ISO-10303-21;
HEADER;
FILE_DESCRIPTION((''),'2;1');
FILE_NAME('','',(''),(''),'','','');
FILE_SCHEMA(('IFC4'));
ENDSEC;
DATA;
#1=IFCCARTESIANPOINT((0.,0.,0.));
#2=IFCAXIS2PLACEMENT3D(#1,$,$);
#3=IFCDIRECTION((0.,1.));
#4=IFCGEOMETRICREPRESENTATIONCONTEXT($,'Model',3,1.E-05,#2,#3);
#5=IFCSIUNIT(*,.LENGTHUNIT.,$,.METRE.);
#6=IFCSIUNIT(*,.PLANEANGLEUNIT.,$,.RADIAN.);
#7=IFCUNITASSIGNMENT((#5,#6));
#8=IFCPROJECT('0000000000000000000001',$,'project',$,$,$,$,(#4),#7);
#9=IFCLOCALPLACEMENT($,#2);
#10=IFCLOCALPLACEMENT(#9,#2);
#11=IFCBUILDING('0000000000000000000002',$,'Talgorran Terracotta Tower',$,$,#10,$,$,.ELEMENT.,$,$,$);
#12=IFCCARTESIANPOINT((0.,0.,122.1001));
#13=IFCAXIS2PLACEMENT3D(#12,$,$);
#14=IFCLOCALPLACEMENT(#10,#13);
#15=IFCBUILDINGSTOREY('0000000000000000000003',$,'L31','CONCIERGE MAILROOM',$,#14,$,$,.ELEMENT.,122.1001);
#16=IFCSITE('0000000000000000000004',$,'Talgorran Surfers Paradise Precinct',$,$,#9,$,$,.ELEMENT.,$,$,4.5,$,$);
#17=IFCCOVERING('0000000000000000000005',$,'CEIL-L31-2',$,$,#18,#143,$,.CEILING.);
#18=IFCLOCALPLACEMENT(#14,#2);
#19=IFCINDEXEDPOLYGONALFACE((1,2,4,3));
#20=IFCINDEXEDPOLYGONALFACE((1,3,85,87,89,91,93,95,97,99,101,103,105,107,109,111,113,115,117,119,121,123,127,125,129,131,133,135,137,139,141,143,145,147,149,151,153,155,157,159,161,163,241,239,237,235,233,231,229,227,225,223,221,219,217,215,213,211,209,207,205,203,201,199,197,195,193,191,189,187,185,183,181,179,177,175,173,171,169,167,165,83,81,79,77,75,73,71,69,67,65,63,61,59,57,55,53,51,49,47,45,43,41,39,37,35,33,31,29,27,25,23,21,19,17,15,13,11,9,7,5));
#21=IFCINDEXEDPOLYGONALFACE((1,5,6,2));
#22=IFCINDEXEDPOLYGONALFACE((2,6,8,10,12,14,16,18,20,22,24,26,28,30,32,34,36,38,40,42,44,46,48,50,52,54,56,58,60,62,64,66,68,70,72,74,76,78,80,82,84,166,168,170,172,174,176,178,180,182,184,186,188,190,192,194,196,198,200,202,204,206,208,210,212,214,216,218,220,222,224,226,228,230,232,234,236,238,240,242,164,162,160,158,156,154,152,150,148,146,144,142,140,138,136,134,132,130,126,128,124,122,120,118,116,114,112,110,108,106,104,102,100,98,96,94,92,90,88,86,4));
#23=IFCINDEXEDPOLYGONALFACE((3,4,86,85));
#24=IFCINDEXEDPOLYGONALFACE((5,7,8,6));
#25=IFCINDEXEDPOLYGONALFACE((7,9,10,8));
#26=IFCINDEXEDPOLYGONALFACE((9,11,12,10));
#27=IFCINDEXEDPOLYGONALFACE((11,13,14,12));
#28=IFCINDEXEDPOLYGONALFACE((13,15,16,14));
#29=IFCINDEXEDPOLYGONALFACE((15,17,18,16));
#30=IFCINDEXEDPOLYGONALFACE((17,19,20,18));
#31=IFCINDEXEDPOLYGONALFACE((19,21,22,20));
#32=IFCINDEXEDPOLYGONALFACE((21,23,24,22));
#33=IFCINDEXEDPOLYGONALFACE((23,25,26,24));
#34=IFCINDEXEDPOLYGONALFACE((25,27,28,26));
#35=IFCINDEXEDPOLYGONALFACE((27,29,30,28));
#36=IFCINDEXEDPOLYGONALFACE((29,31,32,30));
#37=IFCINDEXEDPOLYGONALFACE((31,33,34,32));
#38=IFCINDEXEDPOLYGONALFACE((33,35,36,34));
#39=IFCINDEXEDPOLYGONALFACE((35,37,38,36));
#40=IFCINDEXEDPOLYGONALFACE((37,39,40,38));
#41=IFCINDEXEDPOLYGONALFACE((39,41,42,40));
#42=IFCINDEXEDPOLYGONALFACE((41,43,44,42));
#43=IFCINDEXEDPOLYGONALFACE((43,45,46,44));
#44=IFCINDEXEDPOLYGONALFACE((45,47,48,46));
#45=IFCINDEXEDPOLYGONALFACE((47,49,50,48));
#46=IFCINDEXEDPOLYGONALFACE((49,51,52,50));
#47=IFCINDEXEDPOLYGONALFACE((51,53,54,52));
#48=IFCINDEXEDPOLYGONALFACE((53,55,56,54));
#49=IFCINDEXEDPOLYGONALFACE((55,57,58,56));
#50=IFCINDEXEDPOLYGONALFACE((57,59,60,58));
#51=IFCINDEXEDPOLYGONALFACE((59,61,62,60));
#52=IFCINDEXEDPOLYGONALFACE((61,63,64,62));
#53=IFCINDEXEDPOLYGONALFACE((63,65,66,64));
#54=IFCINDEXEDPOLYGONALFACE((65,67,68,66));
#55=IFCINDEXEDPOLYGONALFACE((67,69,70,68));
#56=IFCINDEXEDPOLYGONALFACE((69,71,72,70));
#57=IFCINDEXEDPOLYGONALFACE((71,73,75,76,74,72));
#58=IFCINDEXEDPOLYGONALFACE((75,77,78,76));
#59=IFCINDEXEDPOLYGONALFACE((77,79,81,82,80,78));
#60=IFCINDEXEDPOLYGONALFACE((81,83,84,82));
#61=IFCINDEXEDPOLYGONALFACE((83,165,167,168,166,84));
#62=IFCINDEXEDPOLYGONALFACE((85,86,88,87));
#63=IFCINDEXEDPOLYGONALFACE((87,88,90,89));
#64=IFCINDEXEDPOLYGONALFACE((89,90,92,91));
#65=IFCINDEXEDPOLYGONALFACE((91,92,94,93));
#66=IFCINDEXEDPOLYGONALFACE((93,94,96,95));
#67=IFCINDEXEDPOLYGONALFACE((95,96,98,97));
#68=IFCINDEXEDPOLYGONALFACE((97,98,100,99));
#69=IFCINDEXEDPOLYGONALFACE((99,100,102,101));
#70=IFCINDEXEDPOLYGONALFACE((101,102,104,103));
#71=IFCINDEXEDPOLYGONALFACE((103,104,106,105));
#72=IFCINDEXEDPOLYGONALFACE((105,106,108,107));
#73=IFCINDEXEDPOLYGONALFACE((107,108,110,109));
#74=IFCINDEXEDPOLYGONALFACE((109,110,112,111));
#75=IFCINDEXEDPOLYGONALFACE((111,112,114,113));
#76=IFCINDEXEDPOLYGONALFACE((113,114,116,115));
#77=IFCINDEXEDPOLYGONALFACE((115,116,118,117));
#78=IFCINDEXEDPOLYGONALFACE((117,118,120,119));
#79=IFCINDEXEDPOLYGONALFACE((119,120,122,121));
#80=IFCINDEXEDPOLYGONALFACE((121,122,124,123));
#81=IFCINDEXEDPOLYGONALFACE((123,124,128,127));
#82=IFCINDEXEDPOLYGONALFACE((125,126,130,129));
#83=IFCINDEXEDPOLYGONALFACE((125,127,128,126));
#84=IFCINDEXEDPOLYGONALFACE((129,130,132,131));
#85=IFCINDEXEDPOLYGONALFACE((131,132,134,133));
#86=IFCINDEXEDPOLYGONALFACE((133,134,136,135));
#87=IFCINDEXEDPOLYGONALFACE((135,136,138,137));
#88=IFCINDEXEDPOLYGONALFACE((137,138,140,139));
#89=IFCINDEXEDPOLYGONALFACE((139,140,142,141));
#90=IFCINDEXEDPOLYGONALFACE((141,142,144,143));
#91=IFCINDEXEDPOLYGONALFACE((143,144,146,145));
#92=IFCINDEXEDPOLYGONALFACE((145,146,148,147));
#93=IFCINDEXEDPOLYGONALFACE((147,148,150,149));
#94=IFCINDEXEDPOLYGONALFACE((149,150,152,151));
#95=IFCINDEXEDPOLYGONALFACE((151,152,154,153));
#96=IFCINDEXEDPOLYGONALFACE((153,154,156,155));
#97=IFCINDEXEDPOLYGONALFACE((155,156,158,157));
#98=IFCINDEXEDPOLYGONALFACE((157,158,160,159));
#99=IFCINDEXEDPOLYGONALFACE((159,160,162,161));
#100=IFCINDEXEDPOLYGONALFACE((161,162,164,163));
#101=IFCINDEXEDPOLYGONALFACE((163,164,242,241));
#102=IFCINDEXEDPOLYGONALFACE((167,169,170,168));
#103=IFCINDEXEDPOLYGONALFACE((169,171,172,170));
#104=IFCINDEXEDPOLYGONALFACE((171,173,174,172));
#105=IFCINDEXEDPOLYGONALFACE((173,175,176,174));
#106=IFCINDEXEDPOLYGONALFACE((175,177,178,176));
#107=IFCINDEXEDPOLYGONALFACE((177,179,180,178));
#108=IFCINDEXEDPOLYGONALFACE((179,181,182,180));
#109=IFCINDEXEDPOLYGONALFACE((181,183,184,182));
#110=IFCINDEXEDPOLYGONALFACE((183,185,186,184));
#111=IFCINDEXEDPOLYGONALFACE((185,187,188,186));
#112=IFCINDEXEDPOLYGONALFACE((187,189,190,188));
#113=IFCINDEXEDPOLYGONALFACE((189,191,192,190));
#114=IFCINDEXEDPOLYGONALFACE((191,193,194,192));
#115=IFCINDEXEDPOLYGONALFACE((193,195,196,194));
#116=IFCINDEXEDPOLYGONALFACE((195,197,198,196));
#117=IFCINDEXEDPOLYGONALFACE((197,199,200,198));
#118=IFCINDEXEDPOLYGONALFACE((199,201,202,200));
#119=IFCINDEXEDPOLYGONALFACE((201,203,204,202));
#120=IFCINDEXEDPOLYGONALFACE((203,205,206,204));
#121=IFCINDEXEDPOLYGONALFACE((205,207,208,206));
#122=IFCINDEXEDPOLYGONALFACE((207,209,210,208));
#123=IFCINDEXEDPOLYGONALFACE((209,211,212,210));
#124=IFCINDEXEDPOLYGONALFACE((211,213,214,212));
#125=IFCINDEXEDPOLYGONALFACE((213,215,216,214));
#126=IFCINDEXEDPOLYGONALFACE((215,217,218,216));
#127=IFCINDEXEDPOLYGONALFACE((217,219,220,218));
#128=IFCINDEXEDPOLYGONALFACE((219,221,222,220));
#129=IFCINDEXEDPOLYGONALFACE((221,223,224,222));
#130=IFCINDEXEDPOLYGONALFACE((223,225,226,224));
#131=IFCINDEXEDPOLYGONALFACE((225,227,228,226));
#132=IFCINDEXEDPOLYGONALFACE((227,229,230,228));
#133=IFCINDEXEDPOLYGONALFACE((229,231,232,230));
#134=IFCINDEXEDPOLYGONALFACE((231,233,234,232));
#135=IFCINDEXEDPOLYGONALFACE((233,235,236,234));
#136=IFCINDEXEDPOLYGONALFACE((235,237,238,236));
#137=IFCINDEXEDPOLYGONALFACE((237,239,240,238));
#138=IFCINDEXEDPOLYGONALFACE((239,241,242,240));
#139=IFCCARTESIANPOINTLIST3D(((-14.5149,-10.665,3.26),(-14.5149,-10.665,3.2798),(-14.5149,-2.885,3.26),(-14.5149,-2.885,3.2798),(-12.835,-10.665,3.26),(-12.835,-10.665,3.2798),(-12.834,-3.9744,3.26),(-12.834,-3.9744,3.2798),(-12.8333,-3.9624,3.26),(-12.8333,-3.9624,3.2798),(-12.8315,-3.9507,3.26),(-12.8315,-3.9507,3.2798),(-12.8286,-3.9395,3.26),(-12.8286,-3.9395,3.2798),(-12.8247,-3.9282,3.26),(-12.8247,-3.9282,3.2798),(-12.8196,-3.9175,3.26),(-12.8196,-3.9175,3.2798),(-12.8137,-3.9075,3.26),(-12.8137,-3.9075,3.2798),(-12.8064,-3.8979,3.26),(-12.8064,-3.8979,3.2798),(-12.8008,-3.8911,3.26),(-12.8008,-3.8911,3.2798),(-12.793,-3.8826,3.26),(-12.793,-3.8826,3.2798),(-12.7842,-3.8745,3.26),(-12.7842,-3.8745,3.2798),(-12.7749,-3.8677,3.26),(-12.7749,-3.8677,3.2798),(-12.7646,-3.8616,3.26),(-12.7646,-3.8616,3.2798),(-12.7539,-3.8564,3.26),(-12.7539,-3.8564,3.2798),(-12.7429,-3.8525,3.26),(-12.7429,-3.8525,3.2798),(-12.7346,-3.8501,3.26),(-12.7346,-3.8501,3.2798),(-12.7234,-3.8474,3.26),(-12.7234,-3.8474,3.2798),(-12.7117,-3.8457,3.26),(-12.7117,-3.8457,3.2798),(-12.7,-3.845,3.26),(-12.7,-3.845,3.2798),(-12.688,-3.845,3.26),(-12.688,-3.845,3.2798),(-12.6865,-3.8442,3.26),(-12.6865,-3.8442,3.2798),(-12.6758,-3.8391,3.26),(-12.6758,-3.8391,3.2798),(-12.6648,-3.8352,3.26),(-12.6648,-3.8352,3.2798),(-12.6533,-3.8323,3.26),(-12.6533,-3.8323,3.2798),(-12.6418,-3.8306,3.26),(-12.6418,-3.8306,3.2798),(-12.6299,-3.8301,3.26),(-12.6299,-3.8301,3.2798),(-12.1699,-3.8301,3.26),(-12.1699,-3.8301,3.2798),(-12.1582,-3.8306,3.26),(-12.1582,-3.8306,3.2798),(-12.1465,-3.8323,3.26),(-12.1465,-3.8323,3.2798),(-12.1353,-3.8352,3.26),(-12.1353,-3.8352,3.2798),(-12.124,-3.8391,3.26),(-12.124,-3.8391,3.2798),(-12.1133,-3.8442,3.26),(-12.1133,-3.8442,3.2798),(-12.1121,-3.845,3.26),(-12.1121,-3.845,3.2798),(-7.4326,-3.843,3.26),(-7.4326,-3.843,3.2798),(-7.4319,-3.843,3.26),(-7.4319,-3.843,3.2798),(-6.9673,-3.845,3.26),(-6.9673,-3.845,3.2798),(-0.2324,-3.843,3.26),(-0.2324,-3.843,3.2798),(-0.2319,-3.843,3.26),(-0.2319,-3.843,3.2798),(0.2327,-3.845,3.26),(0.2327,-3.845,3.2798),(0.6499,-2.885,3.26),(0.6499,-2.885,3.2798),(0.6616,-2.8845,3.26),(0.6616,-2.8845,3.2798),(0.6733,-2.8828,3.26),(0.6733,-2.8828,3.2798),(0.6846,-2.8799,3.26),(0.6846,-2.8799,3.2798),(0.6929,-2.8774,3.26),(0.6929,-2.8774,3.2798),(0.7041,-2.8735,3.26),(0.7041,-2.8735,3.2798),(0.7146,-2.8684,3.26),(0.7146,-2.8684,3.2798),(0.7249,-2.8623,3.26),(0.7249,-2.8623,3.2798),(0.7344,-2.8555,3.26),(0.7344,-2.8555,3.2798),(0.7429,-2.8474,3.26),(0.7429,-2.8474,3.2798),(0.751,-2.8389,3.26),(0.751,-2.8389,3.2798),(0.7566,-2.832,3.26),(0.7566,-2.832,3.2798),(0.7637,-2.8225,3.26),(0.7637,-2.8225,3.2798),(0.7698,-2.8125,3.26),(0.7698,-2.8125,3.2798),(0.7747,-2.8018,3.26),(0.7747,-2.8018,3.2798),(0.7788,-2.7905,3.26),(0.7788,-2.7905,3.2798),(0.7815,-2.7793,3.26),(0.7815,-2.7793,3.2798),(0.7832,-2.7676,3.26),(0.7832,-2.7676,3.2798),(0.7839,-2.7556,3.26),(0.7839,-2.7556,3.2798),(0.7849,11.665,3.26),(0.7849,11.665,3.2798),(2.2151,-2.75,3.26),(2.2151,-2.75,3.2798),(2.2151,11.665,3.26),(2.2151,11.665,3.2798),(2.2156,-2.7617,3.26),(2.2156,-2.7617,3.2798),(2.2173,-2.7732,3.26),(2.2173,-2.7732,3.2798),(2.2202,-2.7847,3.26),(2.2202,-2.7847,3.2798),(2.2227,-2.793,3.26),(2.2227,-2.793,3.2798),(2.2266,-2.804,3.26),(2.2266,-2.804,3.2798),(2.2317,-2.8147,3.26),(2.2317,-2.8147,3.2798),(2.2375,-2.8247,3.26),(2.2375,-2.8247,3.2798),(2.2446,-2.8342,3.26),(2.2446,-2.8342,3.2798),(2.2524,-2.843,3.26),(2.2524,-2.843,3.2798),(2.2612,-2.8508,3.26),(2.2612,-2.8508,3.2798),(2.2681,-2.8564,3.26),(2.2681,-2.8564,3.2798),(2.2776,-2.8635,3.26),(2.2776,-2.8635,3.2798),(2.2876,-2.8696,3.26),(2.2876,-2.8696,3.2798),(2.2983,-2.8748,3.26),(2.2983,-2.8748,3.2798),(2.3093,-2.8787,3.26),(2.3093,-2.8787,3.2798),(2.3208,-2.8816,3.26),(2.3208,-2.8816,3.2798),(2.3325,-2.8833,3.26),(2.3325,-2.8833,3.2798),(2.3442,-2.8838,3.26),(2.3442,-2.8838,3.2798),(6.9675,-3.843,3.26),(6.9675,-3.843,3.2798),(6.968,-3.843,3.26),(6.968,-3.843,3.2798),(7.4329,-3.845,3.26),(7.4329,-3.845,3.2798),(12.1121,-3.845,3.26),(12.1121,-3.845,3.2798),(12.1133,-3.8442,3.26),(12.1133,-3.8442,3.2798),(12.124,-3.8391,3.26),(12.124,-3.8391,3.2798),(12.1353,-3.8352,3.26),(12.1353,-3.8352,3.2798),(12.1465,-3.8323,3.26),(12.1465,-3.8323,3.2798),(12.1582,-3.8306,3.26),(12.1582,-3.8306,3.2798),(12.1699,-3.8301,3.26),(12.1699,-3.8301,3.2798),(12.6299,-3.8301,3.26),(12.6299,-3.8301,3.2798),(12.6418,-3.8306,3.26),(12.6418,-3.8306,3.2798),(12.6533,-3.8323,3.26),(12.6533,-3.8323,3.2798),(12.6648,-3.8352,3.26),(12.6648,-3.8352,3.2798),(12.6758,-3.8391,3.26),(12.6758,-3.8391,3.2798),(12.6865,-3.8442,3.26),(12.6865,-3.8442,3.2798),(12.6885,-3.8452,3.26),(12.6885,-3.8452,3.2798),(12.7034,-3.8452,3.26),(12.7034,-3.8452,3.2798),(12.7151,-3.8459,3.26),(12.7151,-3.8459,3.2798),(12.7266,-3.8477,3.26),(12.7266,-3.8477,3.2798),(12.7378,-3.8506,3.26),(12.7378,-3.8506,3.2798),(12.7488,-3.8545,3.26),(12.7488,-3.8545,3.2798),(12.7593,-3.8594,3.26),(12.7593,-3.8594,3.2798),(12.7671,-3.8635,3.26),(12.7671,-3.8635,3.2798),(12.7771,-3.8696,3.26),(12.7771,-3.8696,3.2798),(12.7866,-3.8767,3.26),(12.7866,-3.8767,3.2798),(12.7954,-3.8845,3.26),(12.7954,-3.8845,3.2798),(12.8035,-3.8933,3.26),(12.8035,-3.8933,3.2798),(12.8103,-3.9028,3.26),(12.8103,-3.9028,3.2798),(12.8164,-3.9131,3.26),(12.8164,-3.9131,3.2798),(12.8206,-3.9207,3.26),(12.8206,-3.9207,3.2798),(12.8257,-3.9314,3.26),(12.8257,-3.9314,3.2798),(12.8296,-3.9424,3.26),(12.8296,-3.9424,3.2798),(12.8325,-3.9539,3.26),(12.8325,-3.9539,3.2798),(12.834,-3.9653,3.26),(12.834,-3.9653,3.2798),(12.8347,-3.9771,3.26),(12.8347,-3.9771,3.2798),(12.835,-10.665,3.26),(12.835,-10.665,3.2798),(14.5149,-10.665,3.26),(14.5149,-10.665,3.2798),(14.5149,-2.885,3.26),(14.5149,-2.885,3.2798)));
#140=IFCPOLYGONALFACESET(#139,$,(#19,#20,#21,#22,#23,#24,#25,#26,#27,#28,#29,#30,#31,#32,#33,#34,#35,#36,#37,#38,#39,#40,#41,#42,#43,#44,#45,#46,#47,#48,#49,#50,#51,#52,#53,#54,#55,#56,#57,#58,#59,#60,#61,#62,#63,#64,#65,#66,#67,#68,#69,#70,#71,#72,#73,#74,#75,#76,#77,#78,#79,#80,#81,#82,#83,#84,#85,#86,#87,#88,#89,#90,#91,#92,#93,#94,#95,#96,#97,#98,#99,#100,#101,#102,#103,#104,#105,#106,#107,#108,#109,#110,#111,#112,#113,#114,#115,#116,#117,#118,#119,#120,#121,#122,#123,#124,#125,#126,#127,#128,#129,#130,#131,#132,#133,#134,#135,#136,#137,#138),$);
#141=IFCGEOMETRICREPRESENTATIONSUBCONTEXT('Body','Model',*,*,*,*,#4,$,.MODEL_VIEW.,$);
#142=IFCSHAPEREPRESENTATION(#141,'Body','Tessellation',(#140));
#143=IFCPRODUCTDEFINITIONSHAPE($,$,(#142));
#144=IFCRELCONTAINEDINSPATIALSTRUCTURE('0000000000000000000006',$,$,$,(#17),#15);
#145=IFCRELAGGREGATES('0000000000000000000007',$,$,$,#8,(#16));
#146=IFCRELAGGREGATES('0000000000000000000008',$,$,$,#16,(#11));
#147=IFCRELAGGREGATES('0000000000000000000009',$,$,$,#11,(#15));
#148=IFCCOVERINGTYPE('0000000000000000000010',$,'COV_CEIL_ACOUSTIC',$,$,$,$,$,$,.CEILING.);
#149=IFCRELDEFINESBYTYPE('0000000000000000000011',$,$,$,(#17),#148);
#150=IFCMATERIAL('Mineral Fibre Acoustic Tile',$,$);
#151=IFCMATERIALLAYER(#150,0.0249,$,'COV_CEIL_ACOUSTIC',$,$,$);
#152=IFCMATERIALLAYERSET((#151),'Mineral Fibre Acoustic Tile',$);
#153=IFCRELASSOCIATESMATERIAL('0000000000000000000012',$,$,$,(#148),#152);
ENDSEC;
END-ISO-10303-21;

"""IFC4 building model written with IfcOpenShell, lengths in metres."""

from ifc_helpers import new_model, si_unit, direction, frame, origin, place, context, subcontext, project, spatial, polyline, outline, extrude, material, layer, layer_set, type_object, element, save


model = new_model("IFC4")

# Units and contexts
model_context = context("Model", 3, precision=1e-05, world=origin(), true_north=direction((0.0, 1.0)))
body_context = subcontext(model_context, "Body", "Model", "MODEL_VIEW")
ifc_project = project(units=[si_unit("LENGTHUNIT", "METRE"), si_unit("PLANEANGLEUNIT", "RADIAN")], contexts=[model_context])

# Site, building, storey
site_placement = place(None, origin())
site = spatial("IfcSite", under=ifc_project, at=site_placement, Name="Talgorran Surfers Paradise Precinct", CompositionType="ELEMENT", RefElevation=4.5)
building_placement = place(site_placement, origin())
building = spatial("IfcBuilding", under=site, at=building_placement, Name="Talgorran Terracotta Tower", CompositionType="ELEMENT")
storey_placement = place(building_placement, frame((0.0, 0.0, 122.1001)))
storey = spatial("IfcBuildingStorey", under=building, at=storey_placement, Name="L31", Description="CONCIERGE MAILROOM", CompositionType="ELEMENT", Elevation=122.1001)

# Covering
ifc_material_1 = material(Name="Mineral Fibre Acoustic Tile")
ifc_layer_1 = layer(ifc_material_1, 0.0249, Name="COV_CEIL_ACOUSTIC")
ifc_layer_set_1 = layer_set([ifc_layer_1], Name="Mineral Fibre Acoustic Tile")
covering_type_1 = type_object("IfcCoveringType", Name="COV_CEIL_ACOUSTIC", PredefinedType="CEILING", material=ifc_layer_set_1)
covering_1_placement = place(storey_placement, frame((0.0, 0.0, 3.26)))
element("IfcCovering", 1, at=covering_1_placement, inside=storey, type_object=covering_type_1, Name="CEIL-L31-2", PredefinedType="CEILING", context=body_context, shape_type="SweptSolid", body=[
    extrude(outline(polyline([(-12.688, -3.845), (-12.7, -3.845), (-12.7117, -3.8457), (-12.7234, -3.8474), (-12.7346, -3.8501), (-12.7429, -3.8525), (-12.7539, -3.8564), (-12.7646, -3.8616), (-12.7749, -3.8677), (-12.7842, -3.8745), (-12.793, -3.8826), (-12.8008, -3.8911), (-12.8064, -3.8979), (-12.8137, -3.9075), (-12.8196, -3.9175), (-12.8247, -3.9282), (-12.8286, -3.9395), (-12.8315, -3.9507), (-12.8333, -3.9624), (-12.834, -3.9744), (-12.835, -10.665), (-14.5149, -10.665), (-14.5149, -2.885), (0.6499, -2.885), (0.6616, -2.8845), (0.6733, -2.8828), (0.6846, -2.8799), (0.6929, -2.8774), (0.7041, -2.8735), (0.7146, -2.8684), (0.7249, -2.8623), (0.7344, -2.8555), (0.7429, -2.8474), (0.751, -2.8389), (0.7566, -2.832), (0.7637, -2.8225), (0.7698, -2.8125), (0.7747, -2.8018), (0.7788, -2.7905), (0.7815, -2.7793), (0.7832, -2.7676), (0.7839, -2.7556), (0.7849, 11.665), (2.2151, 11.665), (2.2151, -2.75), (2.2156, -2.7617), (2.2173, -2.7732), (2.2202, -2.7847), (2.2227, -2.793), (2.2266, -2.804), (2.2317, -2.8147), (2.2375, -2.8247), (2.2446, -2.8342), (2.2524, -2.843), (2.2612, -2.8508), (2.2681, -2.8564), (2.2776, -2.8635), (2.2876, -2.8696), (2.2983, -2.8748), (2.3093, -2.8787), (2.3208, -2.8816), (2.3325, -2.8833), (2.3442, -2.8838), (14.5149, -2.885), (14.5149, -10.665), (12.835, -10.665), (12.8347, -3.9771), (12.834, -3.9653), (12.8325, -3.9539), (12.8296, -3.9424), (12.8257, -3.9314), (12.8206, -3.9207), (12.8164, -3.9131), (12.8103, -3.9028), (12.8035, -3.8933), (12.7954, -3.8845), (12.7866, -3.8767), (12.7771, -3.8696), (12.7671, -3.8635), (12.7593, -3.8594), (12.7488, -3.8545), (12.7378, -3.8506), (12.7266, -3.8477), (12.7151, -3.8459), (12.7034, -3.8452), (12.6885, -3.8452), (12.6865, -3.8442), (12.6758, -3.8391), (12.6648, -3.8352), (12.6533, -3.8323), (12.6418, -3.8306), (12.6299, -3.8301), (12.1699, -3.8301), (12.1582, -3.8306), (12.1465, -3.8323), (12.1353, -3.8352), (12.124, -3.8391), (12.1133, -3.8442), (12.1121, -3.845), (7.4329, -3.845), (6.968, -3.843), (6.9675, -3.843), (0.2327, -3.845), (-0.2319, -3.843), (-0.2324, -3.843), (-6.9673, -3.845), (-7.4319, -3.843), (-7.4326, -3.843), (-12.1121, -3.845), (-12.1133, -3.8442), (-12.124, -3.8391), (-12.1353, -3.8352), (-12.1465, -3.8323), (-12.1582, -3.8306), (-12.1699, -3.8301), (-12.6299, -3.8301), (-12.6418, -3.8306), (-12.6533, -3.8323), (-12.6648, -3.8352), (-12.6758, -3.8391), (-12.6865, -3.8442), (-12.688, -3.845)])), origin(), (0.0, 0.0, 1.0), 0.0198),
])

save(model, "model.ifc")
